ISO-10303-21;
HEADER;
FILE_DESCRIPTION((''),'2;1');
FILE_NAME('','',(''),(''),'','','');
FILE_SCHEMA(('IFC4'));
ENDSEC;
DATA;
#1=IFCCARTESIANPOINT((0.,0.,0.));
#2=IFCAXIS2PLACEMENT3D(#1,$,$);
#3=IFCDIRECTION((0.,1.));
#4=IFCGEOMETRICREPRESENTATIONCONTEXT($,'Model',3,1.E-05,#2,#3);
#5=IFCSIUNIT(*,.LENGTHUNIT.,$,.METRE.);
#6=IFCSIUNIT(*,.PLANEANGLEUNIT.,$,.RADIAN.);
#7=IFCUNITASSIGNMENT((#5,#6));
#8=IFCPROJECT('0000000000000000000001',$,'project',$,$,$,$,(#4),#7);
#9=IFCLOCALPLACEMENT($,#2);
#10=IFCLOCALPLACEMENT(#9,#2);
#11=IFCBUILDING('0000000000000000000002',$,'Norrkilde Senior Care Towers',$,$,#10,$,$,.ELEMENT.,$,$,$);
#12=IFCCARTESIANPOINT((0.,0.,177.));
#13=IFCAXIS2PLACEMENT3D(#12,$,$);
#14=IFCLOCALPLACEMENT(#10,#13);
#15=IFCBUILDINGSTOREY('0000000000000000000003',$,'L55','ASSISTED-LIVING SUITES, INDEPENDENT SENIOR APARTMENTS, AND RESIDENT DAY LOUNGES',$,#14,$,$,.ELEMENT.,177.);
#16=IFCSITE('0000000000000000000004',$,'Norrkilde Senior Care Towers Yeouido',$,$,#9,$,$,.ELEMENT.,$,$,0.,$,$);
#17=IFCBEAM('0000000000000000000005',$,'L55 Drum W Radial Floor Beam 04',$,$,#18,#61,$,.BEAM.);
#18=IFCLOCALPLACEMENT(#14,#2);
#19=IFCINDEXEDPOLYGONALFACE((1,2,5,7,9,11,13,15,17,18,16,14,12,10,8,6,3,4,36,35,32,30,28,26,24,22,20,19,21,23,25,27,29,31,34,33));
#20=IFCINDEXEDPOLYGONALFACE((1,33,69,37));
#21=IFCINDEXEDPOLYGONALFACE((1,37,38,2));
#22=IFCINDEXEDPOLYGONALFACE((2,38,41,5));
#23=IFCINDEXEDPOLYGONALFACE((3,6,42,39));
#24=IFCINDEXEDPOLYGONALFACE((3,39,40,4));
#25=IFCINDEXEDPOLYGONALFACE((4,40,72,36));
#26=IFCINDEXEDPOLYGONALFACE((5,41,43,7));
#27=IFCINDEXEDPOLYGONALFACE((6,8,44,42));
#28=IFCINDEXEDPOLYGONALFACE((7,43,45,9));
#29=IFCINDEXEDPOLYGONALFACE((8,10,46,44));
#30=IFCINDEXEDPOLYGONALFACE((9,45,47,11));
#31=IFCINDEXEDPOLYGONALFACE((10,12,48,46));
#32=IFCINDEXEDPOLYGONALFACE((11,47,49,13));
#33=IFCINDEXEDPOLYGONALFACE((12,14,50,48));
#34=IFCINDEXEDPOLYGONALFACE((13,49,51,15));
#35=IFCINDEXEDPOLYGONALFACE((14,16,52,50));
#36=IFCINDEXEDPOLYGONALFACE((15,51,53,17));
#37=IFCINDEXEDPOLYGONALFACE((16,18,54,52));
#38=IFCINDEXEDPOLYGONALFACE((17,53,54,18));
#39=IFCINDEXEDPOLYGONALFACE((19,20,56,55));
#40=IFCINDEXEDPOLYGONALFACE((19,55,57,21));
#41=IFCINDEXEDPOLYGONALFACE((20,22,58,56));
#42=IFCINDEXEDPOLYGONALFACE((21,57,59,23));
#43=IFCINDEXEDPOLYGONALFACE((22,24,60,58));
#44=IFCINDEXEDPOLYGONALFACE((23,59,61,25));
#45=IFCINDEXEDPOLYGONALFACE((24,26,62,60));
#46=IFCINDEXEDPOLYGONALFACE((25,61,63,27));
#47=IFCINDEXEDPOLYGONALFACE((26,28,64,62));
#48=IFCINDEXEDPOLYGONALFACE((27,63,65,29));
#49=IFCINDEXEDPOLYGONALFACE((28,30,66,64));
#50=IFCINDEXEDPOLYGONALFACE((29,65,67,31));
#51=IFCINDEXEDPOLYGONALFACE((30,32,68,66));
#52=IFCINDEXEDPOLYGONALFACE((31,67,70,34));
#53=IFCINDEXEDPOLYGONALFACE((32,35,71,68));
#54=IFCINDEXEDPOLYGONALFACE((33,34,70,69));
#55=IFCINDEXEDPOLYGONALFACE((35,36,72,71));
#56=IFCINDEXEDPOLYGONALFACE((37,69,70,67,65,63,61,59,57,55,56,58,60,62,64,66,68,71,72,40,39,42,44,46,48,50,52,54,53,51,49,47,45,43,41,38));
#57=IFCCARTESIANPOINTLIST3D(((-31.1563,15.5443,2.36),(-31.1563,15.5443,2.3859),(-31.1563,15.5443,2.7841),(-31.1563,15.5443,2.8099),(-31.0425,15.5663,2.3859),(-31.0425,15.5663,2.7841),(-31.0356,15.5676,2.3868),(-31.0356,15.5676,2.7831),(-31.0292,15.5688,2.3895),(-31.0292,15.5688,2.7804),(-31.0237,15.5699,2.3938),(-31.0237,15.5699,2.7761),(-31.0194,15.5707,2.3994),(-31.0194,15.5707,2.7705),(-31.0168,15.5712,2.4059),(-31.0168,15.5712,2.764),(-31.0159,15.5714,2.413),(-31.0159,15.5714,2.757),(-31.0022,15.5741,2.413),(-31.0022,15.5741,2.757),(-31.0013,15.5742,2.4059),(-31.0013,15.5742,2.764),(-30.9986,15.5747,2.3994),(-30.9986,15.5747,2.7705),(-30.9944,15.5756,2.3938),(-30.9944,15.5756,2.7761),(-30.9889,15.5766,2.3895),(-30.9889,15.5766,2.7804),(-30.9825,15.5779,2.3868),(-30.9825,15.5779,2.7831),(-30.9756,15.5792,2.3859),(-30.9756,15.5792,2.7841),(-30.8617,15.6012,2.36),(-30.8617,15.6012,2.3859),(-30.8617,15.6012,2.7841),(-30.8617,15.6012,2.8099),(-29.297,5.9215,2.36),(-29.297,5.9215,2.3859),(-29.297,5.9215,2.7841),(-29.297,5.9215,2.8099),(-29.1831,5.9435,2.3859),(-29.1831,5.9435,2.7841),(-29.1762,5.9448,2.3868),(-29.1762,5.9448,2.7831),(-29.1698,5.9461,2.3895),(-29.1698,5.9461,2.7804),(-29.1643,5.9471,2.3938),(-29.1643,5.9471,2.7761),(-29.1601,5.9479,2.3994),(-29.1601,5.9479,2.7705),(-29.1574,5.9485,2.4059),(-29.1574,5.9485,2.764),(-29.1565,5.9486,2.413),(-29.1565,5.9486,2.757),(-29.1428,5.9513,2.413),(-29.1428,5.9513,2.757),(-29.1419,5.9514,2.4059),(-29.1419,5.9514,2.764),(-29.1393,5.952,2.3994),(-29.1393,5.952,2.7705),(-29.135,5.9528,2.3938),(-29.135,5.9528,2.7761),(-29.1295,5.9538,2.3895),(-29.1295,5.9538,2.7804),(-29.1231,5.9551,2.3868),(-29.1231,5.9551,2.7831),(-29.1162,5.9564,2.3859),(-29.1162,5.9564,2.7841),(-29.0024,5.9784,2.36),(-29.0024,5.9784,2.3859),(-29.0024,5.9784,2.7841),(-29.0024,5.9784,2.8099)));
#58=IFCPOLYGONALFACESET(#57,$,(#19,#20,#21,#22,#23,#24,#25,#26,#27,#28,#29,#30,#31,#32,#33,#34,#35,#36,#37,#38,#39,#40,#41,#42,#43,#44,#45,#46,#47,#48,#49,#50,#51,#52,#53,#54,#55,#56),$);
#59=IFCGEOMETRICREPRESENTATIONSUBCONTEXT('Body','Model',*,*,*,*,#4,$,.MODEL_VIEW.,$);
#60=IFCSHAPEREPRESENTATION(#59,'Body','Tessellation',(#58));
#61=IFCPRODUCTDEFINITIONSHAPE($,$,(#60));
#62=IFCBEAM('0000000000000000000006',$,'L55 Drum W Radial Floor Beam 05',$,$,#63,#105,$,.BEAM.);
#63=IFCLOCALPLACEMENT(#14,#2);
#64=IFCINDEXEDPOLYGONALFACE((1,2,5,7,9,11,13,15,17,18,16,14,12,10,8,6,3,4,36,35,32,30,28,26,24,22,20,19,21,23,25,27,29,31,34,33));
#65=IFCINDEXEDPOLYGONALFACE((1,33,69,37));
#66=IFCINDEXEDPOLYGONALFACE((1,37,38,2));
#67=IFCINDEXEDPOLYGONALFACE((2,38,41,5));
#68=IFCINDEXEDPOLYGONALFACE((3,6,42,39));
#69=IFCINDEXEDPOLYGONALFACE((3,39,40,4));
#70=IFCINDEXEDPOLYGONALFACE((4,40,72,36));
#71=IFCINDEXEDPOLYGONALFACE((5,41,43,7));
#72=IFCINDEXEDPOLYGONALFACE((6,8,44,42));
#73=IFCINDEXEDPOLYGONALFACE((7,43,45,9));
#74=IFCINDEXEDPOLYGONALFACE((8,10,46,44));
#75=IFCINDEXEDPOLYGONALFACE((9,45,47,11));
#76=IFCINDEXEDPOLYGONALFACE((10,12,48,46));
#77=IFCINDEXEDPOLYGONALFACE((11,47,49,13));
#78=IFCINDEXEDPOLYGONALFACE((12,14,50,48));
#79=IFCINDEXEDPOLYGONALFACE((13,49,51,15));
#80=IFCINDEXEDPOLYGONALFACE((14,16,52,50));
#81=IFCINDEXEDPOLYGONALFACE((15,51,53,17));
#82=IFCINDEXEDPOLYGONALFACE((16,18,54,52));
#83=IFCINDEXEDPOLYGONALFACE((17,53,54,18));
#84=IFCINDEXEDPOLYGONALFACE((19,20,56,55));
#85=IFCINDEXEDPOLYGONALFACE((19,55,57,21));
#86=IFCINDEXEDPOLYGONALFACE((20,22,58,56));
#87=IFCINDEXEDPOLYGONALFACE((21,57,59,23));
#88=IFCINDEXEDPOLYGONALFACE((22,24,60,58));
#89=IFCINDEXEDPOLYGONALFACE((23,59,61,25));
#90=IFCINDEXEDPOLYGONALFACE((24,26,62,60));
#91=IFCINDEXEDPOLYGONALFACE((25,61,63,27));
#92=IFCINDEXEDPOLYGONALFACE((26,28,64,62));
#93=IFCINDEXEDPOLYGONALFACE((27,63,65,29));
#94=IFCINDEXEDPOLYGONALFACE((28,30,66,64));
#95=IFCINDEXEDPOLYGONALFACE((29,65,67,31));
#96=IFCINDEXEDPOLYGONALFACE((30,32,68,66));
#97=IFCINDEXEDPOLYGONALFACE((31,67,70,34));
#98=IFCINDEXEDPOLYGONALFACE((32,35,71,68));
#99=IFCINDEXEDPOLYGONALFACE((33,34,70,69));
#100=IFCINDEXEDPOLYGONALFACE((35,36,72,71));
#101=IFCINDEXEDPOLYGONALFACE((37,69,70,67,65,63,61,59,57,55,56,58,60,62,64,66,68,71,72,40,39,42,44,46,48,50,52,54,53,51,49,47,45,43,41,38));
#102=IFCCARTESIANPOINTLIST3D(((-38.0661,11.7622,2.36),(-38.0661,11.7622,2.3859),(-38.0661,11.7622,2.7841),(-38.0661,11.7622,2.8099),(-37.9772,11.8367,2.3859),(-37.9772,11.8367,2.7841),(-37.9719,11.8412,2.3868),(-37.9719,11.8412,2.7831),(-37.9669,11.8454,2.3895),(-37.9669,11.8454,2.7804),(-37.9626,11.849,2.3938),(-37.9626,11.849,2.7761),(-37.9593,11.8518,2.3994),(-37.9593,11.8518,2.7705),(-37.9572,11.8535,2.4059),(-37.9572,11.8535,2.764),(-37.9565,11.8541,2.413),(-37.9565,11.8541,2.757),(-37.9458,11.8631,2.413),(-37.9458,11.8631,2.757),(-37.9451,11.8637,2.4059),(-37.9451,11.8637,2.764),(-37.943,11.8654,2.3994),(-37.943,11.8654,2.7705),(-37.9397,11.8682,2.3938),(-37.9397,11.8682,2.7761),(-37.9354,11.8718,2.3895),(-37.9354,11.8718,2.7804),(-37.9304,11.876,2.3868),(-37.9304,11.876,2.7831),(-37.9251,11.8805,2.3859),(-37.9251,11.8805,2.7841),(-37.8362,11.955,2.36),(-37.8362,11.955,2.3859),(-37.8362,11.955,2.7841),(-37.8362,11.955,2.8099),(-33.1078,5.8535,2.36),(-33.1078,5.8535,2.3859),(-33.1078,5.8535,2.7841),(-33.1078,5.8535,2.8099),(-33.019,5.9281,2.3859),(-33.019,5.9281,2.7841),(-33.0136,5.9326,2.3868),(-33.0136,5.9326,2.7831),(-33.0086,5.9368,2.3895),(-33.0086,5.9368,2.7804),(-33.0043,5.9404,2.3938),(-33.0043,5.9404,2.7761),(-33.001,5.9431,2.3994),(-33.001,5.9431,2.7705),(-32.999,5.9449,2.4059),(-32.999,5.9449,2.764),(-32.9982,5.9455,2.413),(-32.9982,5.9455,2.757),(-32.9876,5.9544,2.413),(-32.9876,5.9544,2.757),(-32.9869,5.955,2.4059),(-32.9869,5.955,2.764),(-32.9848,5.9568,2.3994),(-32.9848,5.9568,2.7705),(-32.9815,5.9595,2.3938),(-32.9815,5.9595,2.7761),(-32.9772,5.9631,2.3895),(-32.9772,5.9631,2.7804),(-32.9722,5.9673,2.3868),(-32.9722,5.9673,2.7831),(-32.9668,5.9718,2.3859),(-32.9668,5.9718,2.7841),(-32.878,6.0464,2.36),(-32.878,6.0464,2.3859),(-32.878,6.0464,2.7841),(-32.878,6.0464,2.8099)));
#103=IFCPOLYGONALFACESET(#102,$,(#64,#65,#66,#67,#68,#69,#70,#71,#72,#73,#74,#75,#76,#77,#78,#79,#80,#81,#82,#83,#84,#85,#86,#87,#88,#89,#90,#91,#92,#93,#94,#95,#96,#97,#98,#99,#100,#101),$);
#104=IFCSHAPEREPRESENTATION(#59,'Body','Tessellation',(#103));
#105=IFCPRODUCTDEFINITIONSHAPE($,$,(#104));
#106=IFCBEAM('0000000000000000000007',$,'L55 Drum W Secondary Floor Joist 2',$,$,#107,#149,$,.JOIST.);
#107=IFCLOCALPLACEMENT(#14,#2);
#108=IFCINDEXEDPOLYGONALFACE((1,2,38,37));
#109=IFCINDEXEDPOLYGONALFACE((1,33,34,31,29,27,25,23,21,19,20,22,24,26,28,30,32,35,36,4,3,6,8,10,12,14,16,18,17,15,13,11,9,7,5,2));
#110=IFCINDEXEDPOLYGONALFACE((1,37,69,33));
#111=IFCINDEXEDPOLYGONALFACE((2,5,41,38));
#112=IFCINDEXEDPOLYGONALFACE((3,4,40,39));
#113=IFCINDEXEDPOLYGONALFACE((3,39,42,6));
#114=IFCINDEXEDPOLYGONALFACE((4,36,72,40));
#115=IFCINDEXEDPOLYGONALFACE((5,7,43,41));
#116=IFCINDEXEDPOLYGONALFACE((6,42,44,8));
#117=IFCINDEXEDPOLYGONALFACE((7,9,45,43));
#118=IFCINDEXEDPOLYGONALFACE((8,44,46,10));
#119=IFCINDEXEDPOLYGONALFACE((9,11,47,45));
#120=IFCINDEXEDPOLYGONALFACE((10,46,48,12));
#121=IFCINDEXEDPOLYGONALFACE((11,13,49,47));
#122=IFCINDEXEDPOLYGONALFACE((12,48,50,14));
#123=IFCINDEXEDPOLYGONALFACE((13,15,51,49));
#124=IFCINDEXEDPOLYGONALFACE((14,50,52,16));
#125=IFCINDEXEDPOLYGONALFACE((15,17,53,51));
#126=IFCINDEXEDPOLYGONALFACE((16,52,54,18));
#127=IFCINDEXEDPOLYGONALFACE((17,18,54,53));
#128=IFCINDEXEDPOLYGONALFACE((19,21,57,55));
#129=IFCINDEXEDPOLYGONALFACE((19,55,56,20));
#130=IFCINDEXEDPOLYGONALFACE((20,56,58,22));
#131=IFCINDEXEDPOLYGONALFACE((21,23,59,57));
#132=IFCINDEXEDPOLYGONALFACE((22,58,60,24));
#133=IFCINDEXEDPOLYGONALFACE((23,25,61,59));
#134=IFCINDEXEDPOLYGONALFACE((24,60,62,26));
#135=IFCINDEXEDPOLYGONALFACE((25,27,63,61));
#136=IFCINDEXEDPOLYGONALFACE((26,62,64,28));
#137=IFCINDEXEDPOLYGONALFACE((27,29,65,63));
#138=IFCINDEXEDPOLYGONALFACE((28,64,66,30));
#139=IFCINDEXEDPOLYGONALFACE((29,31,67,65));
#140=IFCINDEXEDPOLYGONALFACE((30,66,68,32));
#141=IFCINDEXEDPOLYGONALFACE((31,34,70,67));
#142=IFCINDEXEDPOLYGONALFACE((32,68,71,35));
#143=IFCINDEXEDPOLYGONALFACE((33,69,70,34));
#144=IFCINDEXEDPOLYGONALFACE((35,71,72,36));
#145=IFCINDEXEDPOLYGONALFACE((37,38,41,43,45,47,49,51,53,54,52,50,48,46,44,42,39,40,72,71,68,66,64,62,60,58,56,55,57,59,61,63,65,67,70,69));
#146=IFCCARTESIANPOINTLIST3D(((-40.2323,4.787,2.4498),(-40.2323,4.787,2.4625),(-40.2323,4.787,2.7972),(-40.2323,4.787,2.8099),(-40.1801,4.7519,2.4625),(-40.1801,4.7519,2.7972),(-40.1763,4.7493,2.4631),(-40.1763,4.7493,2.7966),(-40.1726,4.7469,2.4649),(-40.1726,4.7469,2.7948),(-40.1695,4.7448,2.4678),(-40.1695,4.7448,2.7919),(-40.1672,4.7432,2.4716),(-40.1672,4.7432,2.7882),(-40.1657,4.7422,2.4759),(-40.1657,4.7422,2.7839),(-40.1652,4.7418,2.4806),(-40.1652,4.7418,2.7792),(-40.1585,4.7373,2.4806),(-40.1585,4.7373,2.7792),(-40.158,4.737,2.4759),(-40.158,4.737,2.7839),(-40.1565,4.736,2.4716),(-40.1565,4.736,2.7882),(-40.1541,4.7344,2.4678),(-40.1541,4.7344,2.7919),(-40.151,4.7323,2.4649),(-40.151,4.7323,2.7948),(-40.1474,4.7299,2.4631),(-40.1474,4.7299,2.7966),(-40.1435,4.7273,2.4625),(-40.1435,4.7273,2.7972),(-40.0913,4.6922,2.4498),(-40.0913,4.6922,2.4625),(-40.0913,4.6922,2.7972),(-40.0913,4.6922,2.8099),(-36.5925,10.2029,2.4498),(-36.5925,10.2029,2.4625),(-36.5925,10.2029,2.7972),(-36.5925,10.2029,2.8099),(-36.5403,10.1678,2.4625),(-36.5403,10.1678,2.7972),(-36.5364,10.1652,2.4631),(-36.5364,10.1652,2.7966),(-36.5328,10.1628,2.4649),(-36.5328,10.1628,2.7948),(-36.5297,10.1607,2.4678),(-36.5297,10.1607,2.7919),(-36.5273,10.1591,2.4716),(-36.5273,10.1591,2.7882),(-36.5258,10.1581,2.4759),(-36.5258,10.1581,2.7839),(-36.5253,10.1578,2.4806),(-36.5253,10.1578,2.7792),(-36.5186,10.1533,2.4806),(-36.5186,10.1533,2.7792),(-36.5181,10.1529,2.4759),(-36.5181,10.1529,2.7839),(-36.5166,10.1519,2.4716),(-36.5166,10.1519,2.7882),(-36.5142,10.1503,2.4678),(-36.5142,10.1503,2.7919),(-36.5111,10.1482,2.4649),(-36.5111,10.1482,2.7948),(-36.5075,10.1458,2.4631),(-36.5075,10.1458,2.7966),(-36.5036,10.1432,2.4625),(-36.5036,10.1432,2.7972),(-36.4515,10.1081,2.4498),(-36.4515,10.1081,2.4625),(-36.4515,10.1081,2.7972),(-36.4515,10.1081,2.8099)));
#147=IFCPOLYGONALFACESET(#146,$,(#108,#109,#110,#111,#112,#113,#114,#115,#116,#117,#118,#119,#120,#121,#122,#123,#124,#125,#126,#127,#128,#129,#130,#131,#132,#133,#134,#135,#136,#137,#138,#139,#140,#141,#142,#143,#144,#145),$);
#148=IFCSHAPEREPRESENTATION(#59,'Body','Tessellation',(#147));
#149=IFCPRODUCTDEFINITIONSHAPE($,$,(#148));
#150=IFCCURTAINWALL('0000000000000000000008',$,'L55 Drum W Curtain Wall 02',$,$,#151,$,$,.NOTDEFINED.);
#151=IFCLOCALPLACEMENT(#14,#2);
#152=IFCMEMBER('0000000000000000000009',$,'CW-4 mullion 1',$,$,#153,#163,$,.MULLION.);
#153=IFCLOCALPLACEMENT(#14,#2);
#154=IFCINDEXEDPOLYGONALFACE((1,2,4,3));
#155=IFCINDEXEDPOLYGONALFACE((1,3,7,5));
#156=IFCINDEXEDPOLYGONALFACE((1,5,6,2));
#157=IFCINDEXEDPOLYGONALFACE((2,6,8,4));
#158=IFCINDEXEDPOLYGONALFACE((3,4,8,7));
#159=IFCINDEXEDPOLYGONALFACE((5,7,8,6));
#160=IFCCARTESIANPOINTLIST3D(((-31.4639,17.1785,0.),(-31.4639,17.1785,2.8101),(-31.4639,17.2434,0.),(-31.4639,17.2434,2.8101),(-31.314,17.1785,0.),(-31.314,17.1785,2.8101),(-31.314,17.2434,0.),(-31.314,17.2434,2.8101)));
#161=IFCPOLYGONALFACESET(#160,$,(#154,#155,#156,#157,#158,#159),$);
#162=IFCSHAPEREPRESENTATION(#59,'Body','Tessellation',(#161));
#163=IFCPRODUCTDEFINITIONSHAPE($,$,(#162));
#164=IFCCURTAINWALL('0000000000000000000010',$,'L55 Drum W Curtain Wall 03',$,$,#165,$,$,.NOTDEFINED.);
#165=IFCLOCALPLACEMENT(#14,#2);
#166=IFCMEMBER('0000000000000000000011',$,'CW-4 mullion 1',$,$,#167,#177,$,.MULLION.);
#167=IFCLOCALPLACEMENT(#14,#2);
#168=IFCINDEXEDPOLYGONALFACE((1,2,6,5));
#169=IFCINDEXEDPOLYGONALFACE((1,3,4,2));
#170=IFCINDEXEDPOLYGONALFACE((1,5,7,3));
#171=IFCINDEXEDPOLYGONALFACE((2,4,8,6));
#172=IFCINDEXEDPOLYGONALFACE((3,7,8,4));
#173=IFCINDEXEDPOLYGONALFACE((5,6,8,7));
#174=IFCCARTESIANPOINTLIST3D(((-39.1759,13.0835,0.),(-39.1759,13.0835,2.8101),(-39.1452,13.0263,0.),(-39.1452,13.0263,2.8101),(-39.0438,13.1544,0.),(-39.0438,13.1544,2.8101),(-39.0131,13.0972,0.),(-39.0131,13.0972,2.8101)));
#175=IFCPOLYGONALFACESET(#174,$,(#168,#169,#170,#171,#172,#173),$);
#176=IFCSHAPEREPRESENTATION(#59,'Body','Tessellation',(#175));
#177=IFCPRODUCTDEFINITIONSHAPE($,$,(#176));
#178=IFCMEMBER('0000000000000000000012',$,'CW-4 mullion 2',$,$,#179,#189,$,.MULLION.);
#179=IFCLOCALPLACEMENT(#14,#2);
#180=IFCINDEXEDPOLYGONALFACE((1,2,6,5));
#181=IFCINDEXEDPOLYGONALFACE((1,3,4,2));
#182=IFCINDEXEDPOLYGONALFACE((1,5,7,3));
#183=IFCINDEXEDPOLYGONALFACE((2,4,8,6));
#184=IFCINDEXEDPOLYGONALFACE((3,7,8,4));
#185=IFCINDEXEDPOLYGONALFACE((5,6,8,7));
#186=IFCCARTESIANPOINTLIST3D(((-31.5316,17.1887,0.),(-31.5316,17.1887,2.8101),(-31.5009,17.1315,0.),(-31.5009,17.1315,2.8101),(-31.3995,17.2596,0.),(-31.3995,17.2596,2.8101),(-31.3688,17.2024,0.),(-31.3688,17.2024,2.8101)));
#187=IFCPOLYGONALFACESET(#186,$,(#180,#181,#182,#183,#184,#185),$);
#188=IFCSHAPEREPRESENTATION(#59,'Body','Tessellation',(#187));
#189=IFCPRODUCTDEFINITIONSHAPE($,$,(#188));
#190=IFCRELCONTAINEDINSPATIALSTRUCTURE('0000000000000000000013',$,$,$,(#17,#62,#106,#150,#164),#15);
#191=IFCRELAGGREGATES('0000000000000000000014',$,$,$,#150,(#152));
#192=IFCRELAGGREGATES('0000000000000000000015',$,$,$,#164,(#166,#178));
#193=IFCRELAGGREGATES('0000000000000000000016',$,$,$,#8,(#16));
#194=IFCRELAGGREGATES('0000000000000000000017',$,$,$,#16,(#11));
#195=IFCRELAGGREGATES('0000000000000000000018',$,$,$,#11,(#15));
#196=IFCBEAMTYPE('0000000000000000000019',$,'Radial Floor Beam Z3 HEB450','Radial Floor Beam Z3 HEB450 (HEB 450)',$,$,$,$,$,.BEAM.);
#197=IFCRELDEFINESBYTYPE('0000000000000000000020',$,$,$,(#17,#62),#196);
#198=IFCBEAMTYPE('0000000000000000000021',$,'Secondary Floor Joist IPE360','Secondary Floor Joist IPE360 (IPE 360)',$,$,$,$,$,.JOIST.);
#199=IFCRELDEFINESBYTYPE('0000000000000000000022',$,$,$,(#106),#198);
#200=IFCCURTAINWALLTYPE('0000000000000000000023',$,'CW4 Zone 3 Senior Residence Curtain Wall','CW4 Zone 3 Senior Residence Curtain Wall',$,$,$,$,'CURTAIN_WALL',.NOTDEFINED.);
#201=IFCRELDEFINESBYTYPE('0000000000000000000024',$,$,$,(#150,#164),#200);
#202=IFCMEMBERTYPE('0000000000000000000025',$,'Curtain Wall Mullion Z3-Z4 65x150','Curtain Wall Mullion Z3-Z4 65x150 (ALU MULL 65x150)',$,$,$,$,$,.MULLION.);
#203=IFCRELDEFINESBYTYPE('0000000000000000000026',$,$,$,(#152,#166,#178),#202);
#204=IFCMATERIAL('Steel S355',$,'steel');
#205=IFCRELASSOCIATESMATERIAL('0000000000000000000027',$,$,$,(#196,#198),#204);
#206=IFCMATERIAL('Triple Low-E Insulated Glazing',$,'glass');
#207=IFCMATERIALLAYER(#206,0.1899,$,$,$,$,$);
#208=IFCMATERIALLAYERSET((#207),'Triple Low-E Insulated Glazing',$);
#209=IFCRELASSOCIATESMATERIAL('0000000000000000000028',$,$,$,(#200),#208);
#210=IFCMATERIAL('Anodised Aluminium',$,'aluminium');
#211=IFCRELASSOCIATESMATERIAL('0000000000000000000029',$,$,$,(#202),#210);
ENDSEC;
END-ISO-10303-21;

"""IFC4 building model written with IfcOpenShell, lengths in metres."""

from ifc_helpers import new_model, si_unit, direction, frame, origin, origin_2d, place, context, subcontext, project, spatial, rectangle, i_section, extrude, source, transform, mapped, material, layer, layer_set, material_profile, profile_set, type_object, type_shapes, element, aggregate, save


model = new_model("IFC4")

# Units and contexts
model_context = context("Model", 3, precision=1e-05, world=origin(), true_north=direction((0.0, 1.0)))
body_context = subcontext(model_context, "Body", "Model", "MODEL_VIEW")
ifc_project = project(units=[si_unit("LENGTHUNIT", "METRE"), si_unit("PLANEANGLEUNIT", "RADIAN")], contexts=[model_context])

# Site, building, storey
site_placement = place(None, origin())
site = spatial("IfcSite", under=ifc_project, at=site_placement, Name="Norrkilde Senior Care Towers Yeouido", CompositionType="ELEMENT", RefElevation=0.0)
building_placement = place(site_placement, origin())
building = spatial("IfcBuilding", under=site, at=building_placement, Name="Norrkilde Senior Care Towers", CompositionType="ELEMENT")
storey_placement = place(building_placement, frame((0.0, 0.0, 177.0)))
storey = spatial("IfcBuildingStorey", under=building, at=storey_placement, Name="L55", Description="ASSISTED-LIVING SUITES, INDEPENDENT SENIOR APARTMENTS, AND RESIDENT DAY LOUNGES", CompositionType="ELEMENT", Elevation=177.0)

# Beams
ifc_material_1 = material(Name="Steel S355", Category="steel")
ifc_material_profile_1 = material_profile(ifc_material_1, i_section(OverallWidth=0.3, OverallDepth=0.45, WebThickness=0.0139, FlangeThickness=0.0259, FilletRadius=0.0271, at=origin_2d()), Name="HEB 450")
ifc_profile_set_1 = profile_set([ifc_material_profile_1], Name="Steel S355")
beam_type_1 = type_object("IfcBeamType", Name="Radial Floor Beam Z3 HEB450", Description="Radial Floor Beam Z3 HEB450 (HEB 450)", PredefinedType="BEAM", material=ifc_profile_set_1)
shared_shape_1 = source(origin(), body_context, "Body", "SweptSolid", [
    extrude(i_section(OverallWidth=0.3, OverallDepth=0.45, WebThickness=0.0139, FlangeThickness=0.0259, FilletRadius=0.0271, at=origin_2d()), origin(), (0.0, 0.0, 1.0), 9.8008),
])
beam_1_placement = place(storey_placement, frame((-29.1497, 5.95, 2.585), z_axis=(-0.189717, 0.981839, 0.0), x_axis=(-0.981839, -0.189717, 0.0)))
element("IfcBeam", 1, at=beam_1_placement, inside=storey, type_object=beam_type_1, Name="L55 Drum W Radial Floor Beam 04", PredefinedType="BEAM", context=body_context, shape_type="MappedRepresentation", body=[
    mapped(shared_shape_1, transform((0.0, 0.0, 0.0), x_axis=(1.0, 0.0, 0.0), y_axis=(0.0, 1.0, 0.0), z_axis=(0.0, 0.0, 1.0), scale=1.0)),
])
shared_shape_2 = source(origin(), body_context, "Body", "SweptSolid", [
    extrude(i_section(OverallWidth=0.3, OverallDepth=0.45, WebThickness=0.0139, FlangeThickness=0.0259, FilletRadius=0.0271, at=origin_2d()), origin(), (0.0, 0.0, 1.0), 7.7134),
])
type_shapes(beam_type_1, [shared_shape_1, shared_shape_2])
beam_2_placement = place(storey_placement, frame((-32.9929, 5.95, 2.585), z_axis=(-0.642808, 0.766027, 0.0), x_axis=(-0.766027, -0.642808, 0.0)))
element("IfcBeam", 2, at=beam_2_placement, inside=storey, type_object=beam_type_1, Name="L55 Drum W Radial Floor Beam 05", PredefinedType="BEAM", context=body_context, shape_type="MappedRepresentation", body=[
    mapped(shared_shape_2, transform((0.0, 0.0, 0.0), x_axis=(1.0, 0.0, 0.0), y_axis=(0.0, 1.0, 0.0), z_axis=(0.0, 0.0, 1.0), scale=1.0)),
])
ifc_material_profile_2 = material_profile(ifc_material_1, i_section(OverallWidth=0.1699, OverallDepth=0.3601, WebThickness=0.0081, FlangeThickness=0.0127, FilletRadius=0.0181, at=origin_2d()), Name="IPE 360")
ifc_profile_set_2 = profile_set([ifc_material_profile_2], Name="Steel S355")
beam_type_2 = type_object("IfcBeamType", Name="Secondary Floor Joist IPE360", Description="Secondary Floor Joist IPE360 (IPE 360)", PredefinedType="JOIST", material=ifc_profile_set_2)
shared_shape_3 = source(origin(), body_context, "Body", "SweptSolid", [
    extrude(i_section(OverallWidth=0.1699, OverallDepth=0.3601, WebThickness=0.0081, FlangeThickness=0.0127, FilletRadius=0.0181, at=origin_2d()), origin(), (0.0, 0.0, 1.0), 6.5254),
])
type_shapes(beam_type_2, [shared_shape_3])
beam_3_placement = place(storey_placement, frame((-36.522, 10.1555, 2.6299), z_axis=(-0.557796, -0.829978, 0.0), x_axis=(0.829978, -0.557796, 0.0)))
element("IfcBeam", 3, at=beam_3_placement, inside=storey, type_object=beam_type_2, Name="L55 Drum W Secondary Floor Joist 2", PredefinedType="JOIST", context=body_context, shape_type="MappedRepresentation", body=[
    mapped(shared_shape_3, transform((0.0, 0.0, 0.0), x_axis=(1.0, 0.0, 0.0), y_axis=(0.0, 1.0, 0.0), z_axis=(0.0, 0.0, 1.0), scale=1.0)),
])

# Curtain wall, member
ifc_material_2 = material(Name="Triple Low-E Insulated Glazing", Category="glass")
ifc_layer_1 = layer(ifc_material_2, 0.1899)
ifc_layer_set_1 = layer_set([ifc_layer_1], Name="Triple Low-E Insulated Glazing")
curtain_wall_type = type_object("IfcCurtainWallType", Name="CW4 Zone 3 Senior Residence Curtain Wall", Description="CW4 Zone 3 Senior Residence Curtain Wall", ElementType="CURTAIN_WALL", PredefinedType="NOTDEFINED", material=ifc_layer_set_1)
curtain_wall_1_placement = place(storey_placement, origin())
curtain_wall_1 = element("IfcCurtainWall", 4, at=curtain_wall_1_placement, inside=storey, type_object=curtain_wall_type, Name="L55 Drum W Curtain Wall 02", PredefinedType="NOTDEFINED")
ifc_material_3 = material(Name="Anodised Aluminium", Category="aluminium")
ifc_material_profile_3 = material_profile(ifc_material_3, rectangle(XDim=0.0649, YDim=0.1499, at=origin_2d()), Name="ALU MULL 65x150")
ifc_profile_set_3 = profile_set([ifc_material_profile_3], Name="Anodised Aluminium")
member_type_1 = type_object("IfcMemberType", Name="Curtain Wall Mullion Z3-Z4 65x150", Description="Curtain Wall Mullion Z3-Z4 65x150 (ALU MULL 65x150)", PredefinedType="MULLION", material=ifc_profile_set_3)
shared_shape_4 = source(origin(), body_context, "Body", "SweptSolid", [
    extrude(rectangle(XDim=0.0649, YDim=0.1499, at=origin_2d()), origin(), (0.0, 0.0, 1.0), 2.8101),
])
type_shapes(member_type_1, [shared_shape_4])
member_1_placement = place(storey_placement, frame((-31.3889, 17.2109, 0.0), z_axis=(0.0, 0.0, 1.0), x_axis=(0.0, 1.0, 0.0)))
member_1 = element("IfcMember", 5, at=member_1_placement, type_object=member_type_1, Name="CW-4 mullion 1", PredefinedType="MULLION", context=body_context, shape_type="MappedRepresentation", body=[
    mapped(shared_shape_4, transform((0.0, 0.0, 0.0), x_axis=(1.0, 0.0, 0.0), y_axis=(0.0, 1.0, 0.0), z_axis=(0.0, 0.0, 1.0), scale=1.0)),
])

# Curtain wall, members
curtain_wall_2_placement = place(storey_placement, origin())
curtain_wall_2 = element("IfcCurtainWall", 6, at=curtain_wall_2_placement, inside=storey, type_object=curtain_wall_type, Name="L55 Drum W Curtain Wall 03", PredefinedType="NOTDEFINED")
member_2_placement = place(storey_placement, frame((-39.0945, 13.0903, 0.0), z_axis=(0.0, 0.0, 1.0), x_axis=(-0.473117, 0.881, 0.0)))
member_2 = element("IfcMember", 7, at=member_2_placement, type_object=member_type_1, Name="CW-4 mullion 1", PredefinedType="MULLION", context=body_context, shape_type="MappedRepresentation", body=[
    mapped(shared_shape_4, transform((0.0, 0.0, 0.0), x_axis=(1.0, 0.0, 0.0), y_axis=(0.0, 1.0, 0.0), z_axis=(0.0, 0.0, 1.0), scale=1.0)),
])
member_3_placement = place(storey_placement, frame((-31.4502, 17.1956, 0.0), z_axis=(0.0, 0.0, 1.0), x_axis=(-0.473117, 0.881, 0.0)))
member_3 = element("IfcMember", 8, at=member_3_placement, type_object=member_type_1, Name="CW-4 mullion 2", PredefinedType="MULLION", context=body_context, shape_type="MappedRepresentation", body=[
    mapped(shared_shape_4, transform((0.0, 0.0, 0.0), x_axis=(1.0, 0.0, 0.0), y_axis=(0.0, 1.0, 0.0), z_axis=(0.0, 0.0, 1.0), scale=1.0)),
])

aggregate(curtain_wall_1, [member_1])

aggregate(curtain_wall_2, [member_2, member_3])

save(model, "model.ifc")
